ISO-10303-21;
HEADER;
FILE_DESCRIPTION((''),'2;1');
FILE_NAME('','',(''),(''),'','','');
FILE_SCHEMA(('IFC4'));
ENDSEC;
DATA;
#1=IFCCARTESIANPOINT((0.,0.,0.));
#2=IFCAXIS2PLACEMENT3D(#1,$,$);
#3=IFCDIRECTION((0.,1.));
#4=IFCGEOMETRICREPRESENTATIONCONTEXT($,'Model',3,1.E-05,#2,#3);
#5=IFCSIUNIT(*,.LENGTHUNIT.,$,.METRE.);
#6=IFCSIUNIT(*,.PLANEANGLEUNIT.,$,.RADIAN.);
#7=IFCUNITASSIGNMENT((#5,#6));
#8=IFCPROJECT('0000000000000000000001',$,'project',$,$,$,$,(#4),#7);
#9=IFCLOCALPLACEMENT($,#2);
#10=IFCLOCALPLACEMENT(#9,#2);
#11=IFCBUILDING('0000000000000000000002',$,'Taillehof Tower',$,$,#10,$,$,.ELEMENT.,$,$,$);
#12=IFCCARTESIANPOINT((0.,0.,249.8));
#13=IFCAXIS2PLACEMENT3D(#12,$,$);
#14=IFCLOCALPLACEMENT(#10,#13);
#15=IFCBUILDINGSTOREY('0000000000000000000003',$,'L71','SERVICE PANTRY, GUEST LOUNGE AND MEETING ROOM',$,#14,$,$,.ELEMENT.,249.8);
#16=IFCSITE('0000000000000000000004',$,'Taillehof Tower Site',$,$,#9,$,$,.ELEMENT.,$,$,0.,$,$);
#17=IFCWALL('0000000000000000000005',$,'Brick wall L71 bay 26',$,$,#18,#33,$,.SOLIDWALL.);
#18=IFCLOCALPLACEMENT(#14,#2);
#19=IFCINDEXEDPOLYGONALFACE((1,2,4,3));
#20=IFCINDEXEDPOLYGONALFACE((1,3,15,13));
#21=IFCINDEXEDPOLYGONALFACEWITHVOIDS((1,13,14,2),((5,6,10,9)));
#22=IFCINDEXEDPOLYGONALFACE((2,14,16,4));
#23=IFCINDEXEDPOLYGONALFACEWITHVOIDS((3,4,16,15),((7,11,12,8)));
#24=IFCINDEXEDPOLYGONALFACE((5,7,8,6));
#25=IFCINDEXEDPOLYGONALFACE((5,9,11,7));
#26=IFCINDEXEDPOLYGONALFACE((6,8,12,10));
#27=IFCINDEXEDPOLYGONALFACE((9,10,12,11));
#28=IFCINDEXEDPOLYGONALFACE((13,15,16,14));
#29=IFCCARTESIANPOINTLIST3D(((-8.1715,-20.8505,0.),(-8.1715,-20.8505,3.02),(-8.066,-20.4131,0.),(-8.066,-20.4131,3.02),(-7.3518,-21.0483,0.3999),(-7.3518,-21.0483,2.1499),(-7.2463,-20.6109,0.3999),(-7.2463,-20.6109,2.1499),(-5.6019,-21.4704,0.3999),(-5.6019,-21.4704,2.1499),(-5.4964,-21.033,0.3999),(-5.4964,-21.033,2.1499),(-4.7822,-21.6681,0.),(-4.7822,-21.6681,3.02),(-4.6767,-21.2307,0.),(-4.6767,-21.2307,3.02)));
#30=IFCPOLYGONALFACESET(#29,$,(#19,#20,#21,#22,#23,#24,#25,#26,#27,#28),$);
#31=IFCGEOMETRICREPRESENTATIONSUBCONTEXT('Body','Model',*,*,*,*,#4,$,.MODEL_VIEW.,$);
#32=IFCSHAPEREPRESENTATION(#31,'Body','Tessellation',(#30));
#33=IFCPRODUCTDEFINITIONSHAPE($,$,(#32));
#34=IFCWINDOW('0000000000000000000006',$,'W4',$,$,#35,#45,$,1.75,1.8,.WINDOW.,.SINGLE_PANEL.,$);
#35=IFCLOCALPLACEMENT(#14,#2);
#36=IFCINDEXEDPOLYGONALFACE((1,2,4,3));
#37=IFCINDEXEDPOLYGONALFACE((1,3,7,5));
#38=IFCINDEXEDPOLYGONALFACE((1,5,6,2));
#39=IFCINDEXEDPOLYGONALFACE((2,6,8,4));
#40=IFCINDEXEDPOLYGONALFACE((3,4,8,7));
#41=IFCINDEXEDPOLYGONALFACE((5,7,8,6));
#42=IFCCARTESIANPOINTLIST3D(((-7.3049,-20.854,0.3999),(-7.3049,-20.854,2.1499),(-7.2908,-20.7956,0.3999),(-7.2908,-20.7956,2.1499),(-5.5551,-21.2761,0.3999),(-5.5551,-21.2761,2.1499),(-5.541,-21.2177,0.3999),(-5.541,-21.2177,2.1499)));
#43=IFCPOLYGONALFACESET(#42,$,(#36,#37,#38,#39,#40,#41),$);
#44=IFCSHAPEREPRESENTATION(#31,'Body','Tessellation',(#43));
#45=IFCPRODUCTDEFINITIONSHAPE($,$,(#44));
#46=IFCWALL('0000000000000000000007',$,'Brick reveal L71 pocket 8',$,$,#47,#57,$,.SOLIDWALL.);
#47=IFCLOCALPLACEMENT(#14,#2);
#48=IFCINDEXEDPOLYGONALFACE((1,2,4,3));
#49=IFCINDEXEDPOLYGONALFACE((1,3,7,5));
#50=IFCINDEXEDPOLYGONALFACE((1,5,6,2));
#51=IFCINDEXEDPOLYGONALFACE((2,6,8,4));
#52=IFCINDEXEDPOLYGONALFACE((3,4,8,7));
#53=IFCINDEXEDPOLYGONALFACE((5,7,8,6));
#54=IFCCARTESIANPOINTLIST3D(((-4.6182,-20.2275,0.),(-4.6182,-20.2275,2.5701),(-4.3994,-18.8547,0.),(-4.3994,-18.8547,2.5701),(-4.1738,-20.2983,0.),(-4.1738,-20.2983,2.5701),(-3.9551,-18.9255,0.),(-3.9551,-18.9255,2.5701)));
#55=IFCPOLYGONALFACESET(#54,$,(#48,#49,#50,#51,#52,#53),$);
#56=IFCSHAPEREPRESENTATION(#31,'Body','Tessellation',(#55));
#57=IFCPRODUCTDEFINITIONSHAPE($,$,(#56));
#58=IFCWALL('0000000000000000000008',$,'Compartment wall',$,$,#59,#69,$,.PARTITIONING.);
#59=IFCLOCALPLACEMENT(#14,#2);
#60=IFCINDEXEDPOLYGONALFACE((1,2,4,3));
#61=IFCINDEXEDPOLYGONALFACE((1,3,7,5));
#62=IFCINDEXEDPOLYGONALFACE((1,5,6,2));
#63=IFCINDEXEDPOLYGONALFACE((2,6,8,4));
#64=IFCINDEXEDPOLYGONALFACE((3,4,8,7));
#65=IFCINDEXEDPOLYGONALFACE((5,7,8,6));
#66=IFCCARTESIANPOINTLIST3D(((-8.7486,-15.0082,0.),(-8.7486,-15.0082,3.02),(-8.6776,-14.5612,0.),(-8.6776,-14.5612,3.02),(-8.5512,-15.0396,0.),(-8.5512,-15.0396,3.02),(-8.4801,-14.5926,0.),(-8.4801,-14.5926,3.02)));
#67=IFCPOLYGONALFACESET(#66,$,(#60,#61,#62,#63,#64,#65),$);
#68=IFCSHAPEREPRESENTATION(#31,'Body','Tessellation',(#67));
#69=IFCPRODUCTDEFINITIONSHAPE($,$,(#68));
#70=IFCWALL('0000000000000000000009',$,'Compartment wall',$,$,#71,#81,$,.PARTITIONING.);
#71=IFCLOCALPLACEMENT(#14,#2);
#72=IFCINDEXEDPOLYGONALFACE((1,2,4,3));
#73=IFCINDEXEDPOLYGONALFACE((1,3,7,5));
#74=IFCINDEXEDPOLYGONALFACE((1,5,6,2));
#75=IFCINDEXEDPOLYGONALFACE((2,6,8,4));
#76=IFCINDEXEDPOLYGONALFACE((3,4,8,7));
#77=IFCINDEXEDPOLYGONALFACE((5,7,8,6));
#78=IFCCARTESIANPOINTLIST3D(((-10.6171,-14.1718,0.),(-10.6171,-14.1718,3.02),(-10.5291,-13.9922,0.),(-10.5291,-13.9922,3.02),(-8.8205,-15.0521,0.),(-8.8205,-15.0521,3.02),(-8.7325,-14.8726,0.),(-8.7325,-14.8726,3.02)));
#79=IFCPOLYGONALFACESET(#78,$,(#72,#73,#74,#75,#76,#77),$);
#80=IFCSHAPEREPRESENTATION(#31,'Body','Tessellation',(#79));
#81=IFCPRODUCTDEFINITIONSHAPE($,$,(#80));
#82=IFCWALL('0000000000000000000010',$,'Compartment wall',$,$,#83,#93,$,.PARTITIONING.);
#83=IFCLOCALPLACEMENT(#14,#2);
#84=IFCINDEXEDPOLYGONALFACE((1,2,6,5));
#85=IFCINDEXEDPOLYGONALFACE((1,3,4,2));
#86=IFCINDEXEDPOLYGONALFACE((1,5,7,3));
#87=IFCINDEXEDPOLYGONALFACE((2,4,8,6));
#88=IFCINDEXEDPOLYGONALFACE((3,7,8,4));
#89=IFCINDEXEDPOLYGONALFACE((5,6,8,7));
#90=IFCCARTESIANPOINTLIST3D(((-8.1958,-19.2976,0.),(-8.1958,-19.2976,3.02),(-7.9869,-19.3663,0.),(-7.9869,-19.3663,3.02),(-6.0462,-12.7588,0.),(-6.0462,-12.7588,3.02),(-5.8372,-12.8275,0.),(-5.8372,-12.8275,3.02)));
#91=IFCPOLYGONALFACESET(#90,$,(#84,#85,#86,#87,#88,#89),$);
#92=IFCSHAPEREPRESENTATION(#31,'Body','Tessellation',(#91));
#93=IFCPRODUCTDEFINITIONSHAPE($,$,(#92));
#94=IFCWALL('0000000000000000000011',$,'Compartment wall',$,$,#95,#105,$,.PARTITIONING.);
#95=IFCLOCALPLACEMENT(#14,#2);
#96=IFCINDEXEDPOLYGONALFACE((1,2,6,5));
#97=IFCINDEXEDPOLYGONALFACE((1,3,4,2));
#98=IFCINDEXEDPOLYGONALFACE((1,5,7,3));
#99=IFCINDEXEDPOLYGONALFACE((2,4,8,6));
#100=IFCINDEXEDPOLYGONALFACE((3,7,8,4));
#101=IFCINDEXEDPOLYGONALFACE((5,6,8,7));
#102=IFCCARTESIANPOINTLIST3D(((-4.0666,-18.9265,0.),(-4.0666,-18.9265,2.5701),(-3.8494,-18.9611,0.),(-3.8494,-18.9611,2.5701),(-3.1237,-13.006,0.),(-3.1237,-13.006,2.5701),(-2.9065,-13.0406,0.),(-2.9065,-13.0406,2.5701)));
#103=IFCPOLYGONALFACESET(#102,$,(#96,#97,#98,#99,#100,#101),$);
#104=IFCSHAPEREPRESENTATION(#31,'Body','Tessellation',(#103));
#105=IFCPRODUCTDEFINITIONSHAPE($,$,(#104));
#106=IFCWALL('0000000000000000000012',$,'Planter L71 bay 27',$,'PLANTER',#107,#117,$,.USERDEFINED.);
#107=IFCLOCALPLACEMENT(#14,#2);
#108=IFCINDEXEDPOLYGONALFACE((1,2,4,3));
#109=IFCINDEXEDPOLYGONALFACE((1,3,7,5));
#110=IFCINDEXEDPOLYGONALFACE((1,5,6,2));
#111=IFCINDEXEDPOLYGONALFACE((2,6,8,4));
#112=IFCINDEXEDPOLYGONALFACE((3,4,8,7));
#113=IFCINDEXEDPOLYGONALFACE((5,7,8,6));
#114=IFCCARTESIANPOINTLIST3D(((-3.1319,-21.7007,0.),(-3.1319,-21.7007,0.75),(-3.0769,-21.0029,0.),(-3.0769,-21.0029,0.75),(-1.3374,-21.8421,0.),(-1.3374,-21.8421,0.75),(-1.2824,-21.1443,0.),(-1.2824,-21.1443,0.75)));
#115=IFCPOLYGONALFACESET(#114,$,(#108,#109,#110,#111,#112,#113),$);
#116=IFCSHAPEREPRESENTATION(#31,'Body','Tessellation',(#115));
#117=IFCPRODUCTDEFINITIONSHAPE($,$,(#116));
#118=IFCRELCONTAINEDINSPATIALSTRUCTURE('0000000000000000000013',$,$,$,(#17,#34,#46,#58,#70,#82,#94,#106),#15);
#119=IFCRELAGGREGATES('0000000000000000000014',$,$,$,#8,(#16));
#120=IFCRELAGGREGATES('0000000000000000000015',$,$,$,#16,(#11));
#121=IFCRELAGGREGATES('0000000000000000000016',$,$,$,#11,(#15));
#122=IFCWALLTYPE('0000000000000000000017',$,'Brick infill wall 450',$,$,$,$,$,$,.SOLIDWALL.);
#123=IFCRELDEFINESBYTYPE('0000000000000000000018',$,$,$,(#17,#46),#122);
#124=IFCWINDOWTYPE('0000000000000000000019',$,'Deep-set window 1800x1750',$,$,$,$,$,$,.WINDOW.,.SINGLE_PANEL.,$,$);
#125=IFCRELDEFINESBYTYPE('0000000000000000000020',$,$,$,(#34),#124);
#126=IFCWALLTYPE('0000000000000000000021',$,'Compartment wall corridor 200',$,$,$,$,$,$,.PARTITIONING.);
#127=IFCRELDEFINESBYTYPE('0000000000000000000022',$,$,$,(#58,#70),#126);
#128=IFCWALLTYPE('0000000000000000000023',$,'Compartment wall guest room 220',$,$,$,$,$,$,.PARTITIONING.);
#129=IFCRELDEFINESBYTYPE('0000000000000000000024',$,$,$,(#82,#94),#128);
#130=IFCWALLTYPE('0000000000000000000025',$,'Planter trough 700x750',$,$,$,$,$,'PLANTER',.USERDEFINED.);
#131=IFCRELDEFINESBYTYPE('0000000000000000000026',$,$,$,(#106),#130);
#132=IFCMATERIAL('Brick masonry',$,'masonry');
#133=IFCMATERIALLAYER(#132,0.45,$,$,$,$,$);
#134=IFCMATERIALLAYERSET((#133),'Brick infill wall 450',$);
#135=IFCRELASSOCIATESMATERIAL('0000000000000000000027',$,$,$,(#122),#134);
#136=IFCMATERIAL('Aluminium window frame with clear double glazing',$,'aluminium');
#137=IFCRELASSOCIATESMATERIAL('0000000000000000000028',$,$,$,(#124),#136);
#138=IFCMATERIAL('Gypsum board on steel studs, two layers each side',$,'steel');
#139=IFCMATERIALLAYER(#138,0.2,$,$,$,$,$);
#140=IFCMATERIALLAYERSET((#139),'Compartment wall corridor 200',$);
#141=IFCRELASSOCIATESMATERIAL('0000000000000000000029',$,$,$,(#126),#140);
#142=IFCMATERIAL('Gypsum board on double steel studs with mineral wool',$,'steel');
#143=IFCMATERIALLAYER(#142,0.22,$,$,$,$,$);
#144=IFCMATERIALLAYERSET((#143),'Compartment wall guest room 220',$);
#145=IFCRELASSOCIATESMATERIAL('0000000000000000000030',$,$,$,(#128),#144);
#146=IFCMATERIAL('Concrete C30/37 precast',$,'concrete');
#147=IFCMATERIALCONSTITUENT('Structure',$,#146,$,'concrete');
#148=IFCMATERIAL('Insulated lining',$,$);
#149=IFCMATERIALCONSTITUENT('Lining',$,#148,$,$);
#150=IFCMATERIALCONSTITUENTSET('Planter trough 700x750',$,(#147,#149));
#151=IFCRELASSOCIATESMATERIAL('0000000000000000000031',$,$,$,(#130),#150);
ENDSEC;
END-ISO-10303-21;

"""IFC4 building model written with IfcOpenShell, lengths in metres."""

from ifc_helpers import new_model, si_unit, direction, frame, frame_2d, origin, place, context, subcontext, project, spatial, rectangle, extrude, material, layer, layer_set, constituent, constituent_set, type_object, element, fill, save


model = new_model("IFC4")

# Units and contexts
model_context = context("Model", 3, precision=1e-05, world=origin(), true_north=direction((0.0, 1.0)))
body_context = subcontext(model_context, "Body", "Model", "MODEL_VIEW")
ifc_project = project(units=[si_unit("LENGTHUNIT", "METRE"), si_unit("PLANEANGLEUNIT", "RADIAN")], contexts=[model_context])

# Site, building, storey
site_placement = place(None, origin())
site = spatial("IfcSite", under=ifc_project, at=site_placement, Name="Taillehof Tower Site", CompositionType="ELEMENT", RefElevation=0.0)
building_placement = place(site_placement, origin())
building = spatial("IfcBuilding", under=site, at=building_placement, Name="Taillehof Tower", CompositionType="ELEMENT")
storey_placement = place(building_placement, frame((0.0, 0.0, 249.8)))
storey = spatial("IfcBuildingStorey", under=building, at=storey_placement, Name="L71", Description="SERVICE PANTRY, GUEST LOUNGE AND MEETING ROOM", CompositionType="ELEMENT", Elevation=249.8)

# Wall, opening, window
ifc_material_1 = material(Name="Brick masonry", Category="masonry")
ifc_layer_1 = layer(ifc_material_1, 0.45)
ifc_layer_set_1 = layer_set([ifc_layer_1], Name="Brick infill wall 450")
wall_type_1 = type_object("IfcWallType", Name="Brick infill wall 450", PredefinedType="SOLIDWALL", material=ifc_layer_set_1)
ifc_material_2 = material(Name="Aluminium window frame with clear double glazing", Category="aluminium")
window_type_1 = type_object("IfcWindowType", Name="Deep-set window 1800x1750", PartitioningType="SINGLE_PANEL", PredefinedType="WINDOW", material=ifc_material_2)
wall_1_placement = place(storey_placement, frame((-8.1187, -20.6318, 0.0), z_axis=(0.0, 0.0, 1.0), x_axis=(0.972115, -0.234504, 0.0)))
wall_1 = element("IfcWall", 1, at=wall_1_placement, inside=storey, type_object=wall_type_1, Name="Brick wall L71 bay 26", PredefinedType="SOLIDWALL", context=body_context, shape_type="SweptSolid", body=[
    extrude(rectangle(XDim=3.4866, YDim=0.45, at=frame_2d((1.7432, 0.0))), origin(), (0.0, 0.0, 1.0), 3.02),
])
opening_1_placement = place(wall_1_placement, frame((0.8433, 0.0, 0.3999)))
opening_1 = element("IfcOpeningElement", 2, at=opening_1_placement, cuts=wall_1, PredefinedType="OPENING", context=body_context, shape_type="SweptSolid", body=[
    extrude(rectangle(XDim=1.8, YDim=1.75, at=frame_2d((0.8999, 0.875))), frame((0.0, 0.2349, 0.0), z_axis=(0.0, -1.0, 0.0), x_axis=(1.0, 0.0, 0.0)), (0.0, 0.0, 1.0), 0.47),
])
window_1_placement = place(opening_1_placement, origin())
window_1 = element("IfcWindow", 3, at=window_1_placement, inside=storey, type_object=window_type_1, Name="W4", OverallHeight=1.75, OverallWidth=1.8, PartitioningType="SINGLE_PANEL", PredefinedType="WINDOW", context=body_context, shape_type="SweptSolid", body=[
    extrude(rectangle(XDim=1.8, YDim=1.75, at=frame_2d((0.8999, 0.875))), frame((0.0, 0.0349, 0.0), z_axis=(0.0, -1.0, 0.0), x_axis=(1.0, 0.0, 0.0)), (0.0, 0.0, 1.0), 0.0601),
])
fill(opening_1, window_1)

# Wall
wall_2_placement = place(storey_placement, frame((-4.396, -20.2629, 0.0), z_axis=(0.0, 0.0, 1.0), x_axis=(0.15736, 0.987541, 0.0)))
element("IfcWall", 4, at=wall_2_placement, inside=storey, type_object=wall_type_1, Name="Brick reveal L71 pocket 8", PredefinedType="SOLIDWALL", context=body_context, shape_type="SweptSolid", body=[
    extrude(rectangle(XDim=1.3901, YDim=0.45, at=frame_2d((0.6951, 0.0))), origin(), (0.0, 0.0, 1.0), 2.5701),
])

# Walls
ifc_material_3 = material(Name="Gypsum board on steel studs, two layers each side", Category="steel")
ifc_layer_2 = layer(ifc_material_3, 0.2)
ifc_layer_set_2 = layer_set([ifc_layer_2], Name="Compartment wall corridor 200")
wall_type_2 = type_object("IfcWallType", Name="Compartment wall corridor 200", PredefinedType="PARTITIONING", material=ifc_layer_set_2)
wall_3_placement = place(storey_placement, frame((-8.5789, -14.5769, 0.0), z_axis=(0.0, 0.0, 1.0), x_axis=(-0.15696, -0.987605, 0.0)))
element("IfcWall", 5, at=wall_3_placement, inside=storey, type_object=wall_type_2, Name="Compartment wall", PredefinedType="PARTITIONING", context=body_context, shape_type="SweptSolid", body=[
    extrude(rectangle(XDim=0.4526, YDim=0.2, at=frame_2d((0.2263, 0.0))), origin(), (0.0, 0.0, 1.0), 3.02),
])
wall_4_placement = place(storey_placement, frame((-8.7764, -14.9624, 0.0), z_axis=(0.0, 0.0, 1.0), x_axis=(-0.897986, 0.440024, 0.0)))
element("IfcWall", 6, at=wall_4_placement, inside=storey, type_object=wall_type_2, Name="Compartment wall", PredefinedType="PARTITIONING", context=body_context, shape_type="SweptSolid", body=[
    extrude(rectangle(XDim=2.0007, YDim=0.2, at=frame_2d((1.0005, 0.0))), origin(), (0.0, 0.0, 1.0), 3.02),
])
ifc_material_4 = material(Name="Gypsum board on double steel studs with mineral wool", Category="steel")
ifc_layer_3 = layer(ifc_material_4, 0.22)
ifc_layer_set_3 = layer_set([ifc_layer_3], Name="Compartment wall guest room 220")
wall_type_3 = type_object("IfcWallType", Name="Compartment wall guest room 220", PredefinedType="PARTITIONING", material=ifc_layer_set_3)
wall_5_placement = place(storey_placement, frame((-8.0913, -19.3318, 0.0), z_axis=(0.0, 0.0, 1.0), x_axis=(0.312309, 0.94998, 0.0)))
element("IfcWall", 7, at=wall_5_placement, inside=storey, type_object=wall_type_3, Name="Compartment wall", PredefinedType="PARTITIONING", context=body_context, shape_type="SweptSolid", body=[
    extrude(rectangle(XDim=6.8831, YDim=0.22, at=frame_2d((3.4414, 0.0))), origin(), (0.0, 0.0, 1.0), 3.02),
])
wall_6_placement = place(storey_placement, frame((-3.958, -18.9438, 0.0), z_axis=(0.0, 0.0, 1.0), x_axis=(0.157276, 0.987555, 0.0)))
element("IfcWall", 8, at=wall_6_placement, inside=storey, type_object=wall_type_3, Name="Compartment wall", PredefinedType="PARTITIONING", context=body_context, shape_type="SweptSolid", body=[
    extrude(rectangle(XDim=5.9951, YDim=0.22, at=frame_2d((2.9976, 0.0))), origin(), (0.0, 0.0, 1.0), 2.5701),
])
ifc_material_5 = material(Name="Concrete C30/37 precast", Category="concrete")
ifc_constituent_1 = constituent(ifc_material_5, Name="Structure", Category="concrete")
ifc_material_6 = material(Name="Insulated lining")
ifc_constituent_2 = constituent(ifc_material_6, Name="Lining")
ifc_constituent_set = constituent_set(constituents=[ifc_constituent_1, ifc_constituent_2], Name="Planter trough 700x750")
wall_type_4 = type_object("IfcWallType", Name="Planter trough 700x750", ElementType="PLANTER", PredefinedType="USERDEFINED", material=ifc_constituent_set)
wall_7_placement = place(storey_placement, frame((-3.1042, -21.3518, 0.0), z_axis=(0.0, 0.0, 1.0), x_axis=(0.996912, -0.078532, 0.0)))
element("IfcWall", 9, at=wall_7_placement, inside=storey, type_object=wall_type_4, Name="Planter L71 bay 27", ObjectType="PLANTER", PredefinedType="USERDEFINED", context=body_context, shape_type="SweptSolid", body=[
    extrude(rectangle(XDim=1.8, YDim=0.7, at=frame_2d((0.8999, 0.0))), origin(), (0.0, 0.0, 1.0), 0.75),
])

save(model, "model.ifc")
